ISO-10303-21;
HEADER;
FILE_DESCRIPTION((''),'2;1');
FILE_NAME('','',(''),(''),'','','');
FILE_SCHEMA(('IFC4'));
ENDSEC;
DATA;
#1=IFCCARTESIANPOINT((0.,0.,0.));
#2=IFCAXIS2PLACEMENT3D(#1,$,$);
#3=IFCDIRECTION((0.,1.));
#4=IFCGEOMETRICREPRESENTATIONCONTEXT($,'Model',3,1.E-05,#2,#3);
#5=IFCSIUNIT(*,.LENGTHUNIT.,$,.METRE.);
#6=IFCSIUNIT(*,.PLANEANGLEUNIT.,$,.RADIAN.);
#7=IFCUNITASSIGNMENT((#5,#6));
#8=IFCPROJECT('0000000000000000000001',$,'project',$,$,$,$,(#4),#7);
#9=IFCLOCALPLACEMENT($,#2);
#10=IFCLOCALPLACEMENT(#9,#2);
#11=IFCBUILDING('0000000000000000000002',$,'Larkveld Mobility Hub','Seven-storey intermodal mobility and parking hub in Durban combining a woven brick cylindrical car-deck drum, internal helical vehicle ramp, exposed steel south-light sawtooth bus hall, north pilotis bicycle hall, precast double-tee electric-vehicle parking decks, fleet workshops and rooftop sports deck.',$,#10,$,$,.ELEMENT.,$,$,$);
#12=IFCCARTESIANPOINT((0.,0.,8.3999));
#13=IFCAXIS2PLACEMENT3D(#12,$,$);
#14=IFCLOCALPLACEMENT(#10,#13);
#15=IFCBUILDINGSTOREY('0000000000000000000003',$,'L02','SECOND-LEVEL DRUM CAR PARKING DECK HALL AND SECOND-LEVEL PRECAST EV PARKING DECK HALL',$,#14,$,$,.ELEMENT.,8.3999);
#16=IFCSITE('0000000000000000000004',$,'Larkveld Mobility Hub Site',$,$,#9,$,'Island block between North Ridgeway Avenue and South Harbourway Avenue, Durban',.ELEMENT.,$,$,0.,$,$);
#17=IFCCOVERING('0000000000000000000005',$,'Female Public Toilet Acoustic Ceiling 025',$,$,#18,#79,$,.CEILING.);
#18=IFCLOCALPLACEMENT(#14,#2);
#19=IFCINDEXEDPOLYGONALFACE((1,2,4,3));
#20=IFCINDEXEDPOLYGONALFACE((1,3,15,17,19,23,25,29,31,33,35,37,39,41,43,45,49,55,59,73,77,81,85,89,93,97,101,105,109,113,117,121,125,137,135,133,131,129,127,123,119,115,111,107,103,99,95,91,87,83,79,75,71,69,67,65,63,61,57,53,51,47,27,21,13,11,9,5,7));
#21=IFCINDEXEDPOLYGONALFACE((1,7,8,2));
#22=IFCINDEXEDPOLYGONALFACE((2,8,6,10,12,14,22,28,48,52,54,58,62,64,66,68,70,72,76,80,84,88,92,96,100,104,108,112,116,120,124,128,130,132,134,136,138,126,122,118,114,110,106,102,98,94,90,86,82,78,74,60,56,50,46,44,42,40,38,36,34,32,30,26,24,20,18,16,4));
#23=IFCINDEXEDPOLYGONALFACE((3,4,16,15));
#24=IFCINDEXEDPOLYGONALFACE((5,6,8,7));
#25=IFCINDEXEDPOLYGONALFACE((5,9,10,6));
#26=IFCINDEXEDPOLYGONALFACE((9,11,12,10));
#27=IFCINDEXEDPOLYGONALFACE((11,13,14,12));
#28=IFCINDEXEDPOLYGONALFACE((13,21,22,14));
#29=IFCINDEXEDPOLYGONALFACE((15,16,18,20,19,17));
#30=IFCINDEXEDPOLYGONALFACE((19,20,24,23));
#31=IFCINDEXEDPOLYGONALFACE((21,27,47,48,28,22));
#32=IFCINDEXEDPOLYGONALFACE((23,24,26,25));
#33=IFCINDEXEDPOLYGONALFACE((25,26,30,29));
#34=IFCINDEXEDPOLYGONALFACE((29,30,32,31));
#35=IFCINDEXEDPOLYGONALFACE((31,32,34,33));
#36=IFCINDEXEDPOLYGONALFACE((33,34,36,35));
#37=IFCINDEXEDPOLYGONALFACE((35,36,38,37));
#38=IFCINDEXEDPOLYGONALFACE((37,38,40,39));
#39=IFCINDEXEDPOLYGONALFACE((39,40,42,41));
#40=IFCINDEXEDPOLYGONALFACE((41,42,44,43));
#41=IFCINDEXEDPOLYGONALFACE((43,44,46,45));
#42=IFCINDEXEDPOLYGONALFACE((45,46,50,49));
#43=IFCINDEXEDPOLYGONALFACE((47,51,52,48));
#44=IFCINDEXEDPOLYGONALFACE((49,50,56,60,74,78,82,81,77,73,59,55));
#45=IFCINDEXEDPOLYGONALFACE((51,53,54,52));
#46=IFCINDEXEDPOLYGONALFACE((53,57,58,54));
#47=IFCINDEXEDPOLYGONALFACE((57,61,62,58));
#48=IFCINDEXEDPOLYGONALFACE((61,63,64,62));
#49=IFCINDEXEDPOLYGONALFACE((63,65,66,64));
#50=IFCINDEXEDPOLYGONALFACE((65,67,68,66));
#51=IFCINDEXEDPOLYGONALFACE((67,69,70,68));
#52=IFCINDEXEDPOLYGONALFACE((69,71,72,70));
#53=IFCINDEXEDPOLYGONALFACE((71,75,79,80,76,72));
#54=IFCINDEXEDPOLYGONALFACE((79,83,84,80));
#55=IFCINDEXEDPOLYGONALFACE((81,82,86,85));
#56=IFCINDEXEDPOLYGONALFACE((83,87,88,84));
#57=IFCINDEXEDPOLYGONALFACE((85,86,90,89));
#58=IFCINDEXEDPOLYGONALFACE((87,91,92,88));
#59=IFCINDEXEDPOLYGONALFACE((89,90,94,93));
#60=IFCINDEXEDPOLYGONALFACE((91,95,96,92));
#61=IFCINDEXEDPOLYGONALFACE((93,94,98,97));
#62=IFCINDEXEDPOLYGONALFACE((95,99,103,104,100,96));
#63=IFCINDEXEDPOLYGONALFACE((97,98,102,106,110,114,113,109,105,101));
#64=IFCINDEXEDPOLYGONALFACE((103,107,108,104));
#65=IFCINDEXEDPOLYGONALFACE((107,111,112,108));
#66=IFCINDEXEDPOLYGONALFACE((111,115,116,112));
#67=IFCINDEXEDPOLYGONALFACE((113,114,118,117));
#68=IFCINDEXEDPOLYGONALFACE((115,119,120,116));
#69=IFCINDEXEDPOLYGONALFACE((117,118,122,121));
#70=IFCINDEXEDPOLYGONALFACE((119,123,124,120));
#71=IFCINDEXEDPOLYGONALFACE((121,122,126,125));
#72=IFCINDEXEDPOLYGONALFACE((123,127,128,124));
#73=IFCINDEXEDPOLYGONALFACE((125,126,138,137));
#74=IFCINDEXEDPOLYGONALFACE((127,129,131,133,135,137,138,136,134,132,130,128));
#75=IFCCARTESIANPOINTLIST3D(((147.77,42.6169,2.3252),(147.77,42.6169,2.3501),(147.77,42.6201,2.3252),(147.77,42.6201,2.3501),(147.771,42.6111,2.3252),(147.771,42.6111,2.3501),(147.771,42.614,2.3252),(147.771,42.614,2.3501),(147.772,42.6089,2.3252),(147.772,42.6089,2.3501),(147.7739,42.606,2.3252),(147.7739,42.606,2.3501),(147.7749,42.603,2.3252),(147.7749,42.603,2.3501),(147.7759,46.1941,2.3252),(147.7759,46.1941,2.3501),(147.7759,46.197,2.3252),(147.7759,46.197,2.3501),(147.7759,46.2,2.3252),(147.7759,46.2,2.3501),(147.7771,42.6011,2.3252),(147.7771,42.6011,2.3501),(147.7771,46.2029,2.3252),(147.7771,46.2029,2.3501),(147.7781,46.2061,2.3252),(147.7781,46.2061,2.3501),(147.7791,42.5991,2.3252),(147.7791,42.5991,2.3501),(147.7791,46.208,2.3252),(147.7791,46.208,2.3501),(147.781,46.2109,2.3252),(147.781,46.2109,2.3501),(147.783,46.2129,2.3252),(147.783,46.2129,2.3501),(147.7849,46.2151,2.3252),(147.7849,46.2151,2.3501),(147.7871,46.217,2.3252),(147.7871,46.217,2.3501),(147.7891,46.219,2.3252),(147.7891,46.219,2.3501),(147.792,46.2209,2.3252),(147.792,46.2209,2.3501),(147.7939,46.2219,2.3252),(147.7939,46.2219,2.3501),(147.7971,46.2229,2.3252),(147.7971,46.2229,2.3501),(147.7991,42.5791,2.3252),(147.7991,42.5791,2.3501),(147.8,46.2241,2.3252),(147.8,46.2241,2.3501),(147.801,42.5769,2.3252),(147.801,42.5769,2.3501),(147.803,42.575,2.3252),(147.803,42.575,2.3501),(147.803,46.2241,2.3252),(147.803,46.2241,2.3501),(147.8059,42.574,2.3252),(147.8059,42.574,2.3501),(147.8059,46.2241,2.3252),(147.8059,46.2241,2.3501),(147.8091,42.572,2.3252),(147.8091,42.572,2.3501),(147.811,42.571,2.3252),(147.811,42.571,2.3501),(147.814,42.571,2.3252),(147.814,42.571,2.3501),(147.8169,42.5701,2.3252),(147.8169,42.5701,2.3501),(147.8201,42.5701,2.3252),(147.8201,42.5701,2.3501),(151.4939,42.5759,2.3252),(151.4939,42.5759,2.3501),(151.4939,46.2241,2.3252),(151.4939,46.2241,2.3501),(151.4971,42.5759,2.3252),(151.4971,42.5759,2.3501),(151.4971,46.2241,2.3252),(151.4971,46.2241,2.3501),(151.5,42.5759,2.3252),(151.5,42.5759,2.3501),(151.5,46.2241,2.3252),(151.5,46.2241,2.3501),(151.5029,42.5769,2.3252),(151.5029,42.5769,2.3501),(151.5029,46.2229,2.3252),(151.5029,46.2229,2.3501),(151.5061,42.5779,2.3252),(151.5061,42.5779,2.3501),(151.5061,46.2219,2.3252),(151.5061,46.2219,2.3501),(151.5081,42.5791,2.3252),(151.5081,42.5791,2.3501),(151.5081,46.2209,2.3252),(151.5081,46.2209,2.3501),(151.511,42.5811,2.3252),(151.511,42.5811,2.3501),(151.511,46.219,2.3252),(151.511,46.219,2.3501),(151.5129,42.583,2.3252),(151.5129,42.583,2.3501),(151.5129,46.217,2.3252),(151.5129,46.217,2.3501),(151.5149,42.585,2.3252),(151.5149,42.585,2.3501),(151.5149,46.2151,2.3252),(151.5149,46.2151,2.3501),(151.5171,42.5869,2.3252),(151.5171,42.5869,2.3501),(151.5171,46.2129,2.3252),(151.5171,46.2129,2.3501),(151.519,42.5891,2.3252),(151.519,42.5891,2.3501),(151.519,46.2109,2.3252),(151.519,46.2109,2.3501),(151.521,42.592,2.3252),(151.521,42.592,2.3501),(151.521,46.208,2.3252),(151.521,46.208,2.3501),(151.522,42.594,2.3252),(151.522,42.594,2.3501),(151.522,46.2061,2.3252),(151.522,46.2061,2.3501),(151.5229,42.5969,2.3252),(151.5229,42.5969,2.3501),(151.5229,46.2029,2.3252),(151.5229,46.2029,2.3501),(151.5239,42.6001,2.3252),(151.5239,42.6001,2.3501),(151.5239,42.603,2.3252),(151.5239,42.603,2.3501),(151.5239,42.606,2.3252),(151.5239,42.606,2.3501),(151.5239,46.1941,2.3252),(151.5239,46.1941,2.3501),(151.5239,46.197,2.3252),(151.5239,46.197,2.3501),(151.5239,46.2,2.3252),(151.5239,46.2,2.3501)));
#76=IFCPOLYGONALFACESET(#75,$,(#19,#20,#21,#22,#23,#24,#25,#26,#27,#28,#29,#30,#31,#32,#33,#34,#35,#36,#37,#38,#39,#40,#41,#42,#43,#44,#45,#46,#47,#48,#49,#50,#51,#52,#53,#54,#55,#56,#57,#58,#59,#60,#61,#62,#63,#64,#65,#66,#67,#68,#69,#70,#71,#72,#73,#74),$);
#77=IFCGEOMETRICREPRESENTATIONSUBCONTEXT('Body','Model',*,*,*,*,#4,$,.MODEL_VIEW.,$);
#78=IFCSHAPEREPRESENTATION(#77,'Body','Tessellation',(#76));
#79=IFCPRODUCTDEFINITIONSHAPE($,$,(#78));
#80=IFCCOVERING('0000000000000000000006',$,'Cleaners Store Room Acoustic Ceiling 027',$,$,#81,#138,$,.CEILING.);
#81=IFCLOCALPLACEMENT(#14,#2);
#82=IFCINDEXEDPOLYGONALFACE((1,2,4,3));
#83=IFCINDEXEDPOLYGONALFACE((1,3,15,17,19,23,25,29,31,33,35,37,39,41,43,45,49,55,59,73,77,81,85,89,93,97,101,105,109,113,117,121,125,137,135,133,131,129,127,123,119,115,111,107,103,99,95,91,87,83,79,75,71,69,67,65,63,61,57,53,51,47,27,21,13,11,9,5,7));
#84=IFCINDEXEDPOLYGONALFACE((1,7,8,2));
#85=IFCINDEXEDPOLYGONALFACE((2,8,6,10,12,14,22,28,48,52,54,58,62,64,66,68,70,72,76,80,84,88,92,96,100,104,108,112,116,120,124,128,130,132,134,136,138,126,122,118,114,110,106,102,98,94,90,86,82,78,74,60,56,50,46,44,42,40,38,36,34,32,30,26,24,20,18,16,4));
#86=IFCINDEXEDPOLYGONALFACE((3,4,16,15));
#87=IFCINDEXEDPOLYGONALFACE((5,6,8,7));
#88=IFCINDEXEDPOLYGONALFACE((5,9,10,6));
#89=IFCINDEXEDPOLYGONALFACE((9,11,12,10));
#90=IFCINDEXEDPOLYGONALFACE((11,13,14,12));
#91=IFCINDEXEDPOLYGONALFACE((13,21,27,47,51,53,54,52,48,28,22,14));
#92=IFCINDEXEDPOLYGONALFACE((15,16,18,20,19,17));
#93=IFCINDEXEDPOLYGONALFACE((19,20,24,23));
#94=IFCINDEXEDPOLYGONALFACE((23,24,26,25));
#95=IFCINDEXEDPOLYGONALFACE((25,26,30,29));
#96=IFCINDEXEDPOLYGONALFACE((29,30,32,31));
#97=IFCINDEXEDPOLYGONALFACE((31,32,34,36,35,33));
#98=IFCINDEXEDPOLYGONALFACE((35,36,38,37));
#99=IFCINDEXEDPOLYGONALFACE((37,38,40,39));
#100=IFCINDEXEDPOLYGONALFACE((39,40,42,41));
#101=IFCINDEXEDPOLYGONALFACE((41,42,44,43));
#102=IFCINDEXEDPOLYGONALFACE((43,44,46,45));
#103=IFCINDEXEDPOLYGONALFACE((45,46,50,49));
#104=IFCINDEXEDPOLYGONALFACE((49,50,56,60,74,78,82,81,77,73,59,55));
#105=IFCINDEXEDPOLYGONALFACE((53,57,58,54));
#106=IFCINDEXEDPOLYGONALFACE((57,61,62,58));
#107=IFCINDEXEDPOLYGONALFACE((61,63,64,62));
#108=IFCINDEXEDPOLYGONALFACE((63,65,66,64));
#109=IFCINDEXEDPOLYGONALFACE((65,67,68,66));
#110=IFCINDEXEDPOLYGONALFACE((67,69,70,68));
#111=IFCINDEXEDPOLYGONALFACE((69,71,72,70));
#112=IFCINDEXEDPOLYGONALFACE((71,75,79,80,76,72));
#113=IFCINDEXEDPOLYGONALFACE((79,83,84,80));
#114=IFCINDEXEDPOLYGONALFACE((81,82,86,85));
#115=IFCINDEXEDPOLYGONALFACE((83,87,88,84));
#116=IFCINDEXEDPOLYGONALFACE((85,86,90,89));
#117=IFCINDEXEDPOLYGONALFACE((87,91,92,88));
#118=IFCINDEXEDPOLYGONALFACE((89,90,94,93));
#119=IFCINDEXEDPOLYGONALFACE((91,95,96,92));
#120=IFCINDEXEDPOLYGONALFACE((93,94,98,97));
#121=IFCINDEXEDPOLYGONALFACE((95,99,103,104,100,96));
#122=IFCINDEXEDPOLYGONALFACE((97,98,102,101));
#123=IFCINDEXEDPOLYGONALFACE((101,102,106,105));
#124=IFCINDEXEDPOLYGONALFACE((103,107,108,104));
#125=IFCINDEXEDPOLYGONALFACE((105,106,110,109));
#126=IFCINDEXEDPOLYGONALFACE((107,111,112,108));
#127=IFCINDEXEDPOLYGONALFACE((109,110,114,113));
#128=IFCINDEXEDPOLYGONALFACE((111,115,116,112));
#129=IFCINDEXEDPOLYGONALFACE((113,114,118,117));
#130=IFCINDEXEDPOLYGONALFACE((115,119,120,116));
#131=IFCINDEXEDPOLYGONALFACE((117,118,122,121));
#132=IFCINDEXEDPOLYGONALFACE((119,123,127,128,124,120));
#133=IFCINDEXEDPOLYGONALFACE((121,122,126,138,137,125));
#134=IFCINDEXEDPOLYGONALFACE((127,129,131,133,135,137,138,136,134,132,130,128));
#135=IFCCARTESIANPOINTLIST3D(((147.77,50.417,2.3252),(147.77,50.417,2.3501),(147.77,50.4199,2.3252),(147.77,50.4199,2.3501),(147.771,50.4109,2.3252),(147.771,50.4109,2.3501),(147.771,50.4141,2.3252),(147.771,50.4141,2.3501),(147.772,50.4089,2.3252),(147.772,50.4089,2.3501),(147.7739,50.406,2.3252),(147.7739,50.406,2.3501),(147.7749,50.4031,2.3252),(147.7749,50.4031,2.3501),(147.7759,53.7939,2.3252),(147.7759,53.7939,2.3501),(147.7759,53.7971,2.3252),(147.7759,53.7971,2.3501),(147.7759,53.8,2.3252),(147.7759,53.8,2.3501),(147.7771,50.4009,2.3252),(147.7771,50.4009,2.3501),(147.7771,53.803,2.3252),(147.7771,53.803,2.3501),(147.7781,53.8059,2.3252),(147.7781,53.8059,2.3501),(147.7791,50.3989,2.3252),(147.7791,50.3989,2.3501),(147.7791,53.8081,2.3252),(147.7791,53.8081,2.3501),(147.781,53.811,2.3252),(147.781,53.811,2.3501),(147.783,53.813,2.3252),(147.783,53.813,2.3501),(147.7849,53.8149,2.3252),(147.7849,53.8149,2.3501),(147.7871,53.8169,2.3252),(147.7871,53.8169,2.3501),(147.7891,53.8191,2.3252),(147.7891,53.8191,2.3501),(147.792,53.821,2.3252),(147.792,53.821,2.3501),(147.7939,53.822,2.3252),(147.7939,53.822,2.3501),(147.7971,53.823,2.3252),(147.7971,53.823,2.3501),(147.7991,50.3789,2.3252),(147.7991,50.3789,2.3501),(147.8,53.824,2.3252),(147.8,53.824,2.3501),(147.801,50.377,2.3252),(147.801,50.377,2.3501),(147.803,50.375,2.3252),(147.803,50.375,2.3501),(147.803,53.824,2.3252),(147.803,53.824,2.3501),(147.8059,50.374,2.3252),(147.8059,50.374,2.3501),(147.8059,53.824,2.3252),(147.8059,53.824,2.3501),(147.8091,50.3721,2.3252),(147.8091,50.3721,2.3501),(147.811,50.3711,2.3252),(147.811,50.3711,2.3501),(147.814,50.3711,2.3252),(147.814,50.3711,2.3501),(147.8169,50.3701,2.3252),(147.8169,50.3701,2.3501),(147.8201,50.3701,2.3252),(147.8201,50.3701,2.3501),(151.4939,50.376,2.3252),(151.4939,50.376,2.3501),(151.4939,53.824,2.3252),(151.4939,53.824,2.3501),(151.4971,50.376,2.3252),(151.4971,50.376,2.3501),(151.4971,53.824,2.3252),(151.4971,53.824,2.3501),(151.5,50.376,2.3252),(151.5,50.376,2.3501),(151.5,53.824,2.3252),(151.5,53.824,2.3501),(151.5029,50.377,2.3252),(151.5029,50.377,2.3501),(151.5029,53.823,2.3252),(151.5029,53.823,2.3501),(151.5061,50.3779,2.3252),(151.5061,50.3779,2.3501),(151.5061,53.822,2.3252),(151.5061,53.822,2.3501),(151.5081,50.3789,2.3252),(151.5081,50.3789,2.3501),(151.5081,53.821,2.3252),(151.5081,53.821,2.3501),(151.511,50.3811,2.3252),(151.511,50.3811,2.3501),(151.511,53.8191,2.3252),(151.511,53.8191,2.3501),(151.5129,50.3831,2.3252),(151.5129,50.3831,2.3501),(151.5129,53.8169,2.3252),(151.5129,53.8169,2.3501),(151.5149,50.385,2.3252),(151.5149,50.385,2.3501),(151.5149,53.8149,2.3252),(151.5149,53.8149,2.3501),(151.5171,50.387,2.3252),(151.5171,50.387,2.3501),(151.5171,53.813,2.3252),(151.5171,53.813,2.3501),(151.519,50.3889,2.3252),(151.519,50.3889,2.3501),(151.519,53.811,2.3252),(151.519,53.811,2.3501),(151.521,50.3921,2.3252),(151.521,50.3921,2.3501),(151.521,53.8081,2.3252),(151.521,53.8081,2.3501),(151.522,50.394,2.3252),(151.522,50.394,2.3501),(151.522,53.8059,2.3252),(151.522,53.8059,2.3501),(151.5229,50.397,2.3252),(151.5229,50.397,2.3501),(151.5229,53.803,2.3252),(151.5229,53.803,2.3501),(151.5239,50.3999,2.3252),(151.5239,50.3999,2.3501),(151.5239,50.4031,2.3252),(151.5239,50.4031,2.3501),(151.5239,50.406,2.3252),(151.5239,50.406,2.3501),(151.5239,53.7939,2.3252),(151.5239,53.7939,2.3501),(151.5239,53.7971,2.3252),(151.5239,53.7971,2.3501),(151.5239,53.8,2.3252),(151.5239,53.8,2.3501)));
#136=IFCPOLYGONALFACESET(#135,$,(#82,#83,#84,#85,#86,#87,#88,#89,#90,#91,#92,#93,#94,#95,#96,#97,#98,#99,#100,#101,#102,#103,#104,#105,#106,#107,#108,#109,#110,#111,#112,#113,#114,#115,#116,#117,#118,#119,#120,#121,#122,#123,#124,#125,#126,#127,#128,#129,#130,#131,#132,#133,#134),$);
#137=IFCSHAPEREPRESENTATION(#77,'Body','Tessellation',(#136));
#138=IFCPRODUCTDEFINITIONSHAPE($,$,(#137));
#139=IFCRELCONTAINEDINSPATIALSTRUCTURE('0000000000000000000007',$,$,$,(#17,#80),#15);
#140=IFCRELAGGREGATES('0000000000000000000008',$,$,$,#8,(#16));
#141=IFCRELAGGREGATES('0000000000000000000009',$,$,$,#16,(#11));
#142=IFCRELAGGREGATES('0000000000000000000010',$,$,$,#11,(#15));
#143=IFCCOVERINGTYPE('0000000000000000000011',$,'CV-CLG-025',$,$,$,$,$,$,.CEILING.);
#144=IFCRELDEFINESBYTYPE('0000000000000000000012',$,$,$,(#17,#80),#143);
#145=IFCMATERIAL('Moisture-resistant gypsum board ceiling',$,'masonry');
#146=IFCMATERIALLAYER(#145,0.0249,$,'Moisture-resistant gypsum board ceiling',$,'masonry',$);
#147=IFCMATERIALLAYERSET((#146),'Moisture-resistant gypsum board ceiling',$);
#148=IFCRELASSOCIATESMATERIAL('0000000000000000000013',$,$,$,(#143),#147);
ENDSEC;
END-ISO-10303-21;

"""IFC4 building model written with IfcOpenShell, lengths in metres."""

from ifc_helpers import new_model, si_unit, direction, frame, origin, place, context, subcontext, project, spatial, polyline, outline, extrude, material, layer, layer_set, type_object, element, save


model = new_model("IFC4")

# Units and contexts
model_context = context("Model", 3, precision=1e-05, world=origin(), true_north=direction((0.0, 1.0)))
body_context = subcontext(model_context, "Body", "Model", "MODEL_VIEW")
ifc_project = project(units=[si_unit("LENGTHUNIT", "METRE"), si_unit("PLANEANGLEUNIT", "RADIAN")], contexts=[model_context])

# Site, building, storey
site_placement = place(None, origin())
site = spatial("IfcSite", under=ifc_project, at=site_placement, Name="Larkveld Mobility Hub Site", LongName="Island block between North Ridgeway Avenue and South Harbourway Avenue, Durban", CompositionType="ELEMENT", RefElevation=0.0)
building_placement = place(site_placement, origin())
building = spatial("IfcBuilding", under=site, at=building_placement, Name="Larkveld Mobility Hub", Description="Seven-storey intermodal mobility and parking hub in Durban combining a woven brick cylindrical car-deck drum, internal helical vehicle ramp, exposed steel south-light sawtooth bus hall, north pilotis bicycle hall, precast double-tee electric-vehicle parking decks, fleet workshops and rooftop sports deck.", CompositionType="ELEMENT")
storey_placement = place(building_placement, frame((0.0, 0.0, 8.3999)))
storey = spatial("IfcBuildingStorey", under=building, at=storey_placement, Name="L02", Description="SECOND-LEVEL DRUM CAR PARKING DECK HALL AND SECOND-LEVEL PRECAST EV PARKING DECK HALL", CompositionType="ELEMENT", Elevation=8.3999)

# Coverings
ifc_material_1 = material(Name="Moisture-resistant gypsum board ceiling", Category="masonry")
ifc_layer_1 = layer(ifc_material_1, 0.0249, Name="Moisture-resistant gypsum board ceiling", Category="masonry")
ifc_layer_set_1 = layer_set([ifc_layer_1], Name="Moisture-resistant gypsum board ceiling")
covering_type_1 = type_object("IfcCoveringType", Name="CV-CLG-025", PredefinedType="CEILING", material=ifc_layer_set_1)
covering_1_placement = place(storey_placement, frame((0.0, 0.0, 2.3252)))
element("IfcCovering", 1, at=covering_1_placement, inside=storey, type_object=covering_type_1, Name="Female Public Toilet Acoustic Ceiling 025", PredefinedType="CEILING", context=body_context, shape_type="SweptSolid", body=[
    extrude(outline(polyline([(147.8201, 42.5701), (147.8169, 42.5701), (147.814, 42.571), (147.811, 42.571), (147.8091, 42.572), (147.8059, 42.574), (147.803, 42.575), (147.801, 42.5769), (147.7991, 42.5791), (147.7791, 42.5991), (147.7771, 42.6011), (147.7749, 42.603), (147.7739, 42.606), (147.772, 42.6089), (147.771, 42.6111), (147.771, 42.614), (147.77, 42.6169), (147.77, 42.6201), (147.7759, 46.1941), (147.7759, 46.197), (147.7759, 46.2), (147.7771, 46.2029), (147.7781, 46.2061), (147.7791, 46.208), (147.781, 46.2109), (147.783, 46.2129), (147.7849, 46.2151), (147.7871, 46.217), (147.7891, 46.219), (147.792, 46.2209), (147.7939, 46.2219), (147.7971, 46.2229), (147.8, 46.2241), (147.803, 46.2241), (147.8059, 46.2241), (151.4939, 46.2241), (151.4971, 46.2241), (151.5, 46.2241), (151.5029, 46.2229), (151.5061, 46.2219), (151.5081, 46.2209), (151.511, 46.219), (151.5129, 46.217), (151.5149, 46.2151), (151.5171, 46.2129), (151.519, 46.2109), (151.521, 46.208), (151.522, 46.2061), (151.5229, 46.2029), (151.5239, 46.2), (151.5239, 46.197), (151.5239, 46.1941), (151.5239, 42.606), (151.5239, 42.603), (151.5239, 42.6001), (151.5229, 42.5969), (151.522, 42.594), (151.521, 42.592), (151.519, 42.5891), (151.5171, 42.5869), (151.5149, 42.585), (151.5129, 42.583), (151.511, 42.5811), (151.5081, 42.5791), (151.5061, 42.5779), (151.5029, 42.5769), (151.5, 42.5759), (151.4971, 42.5759), (151.4939, 42.5759), (147.8201, 42.5701)])), origin(), (0.0, 0.0, 1.0), 0.0249),
])
covering_2_placement = place(storey_placement, frame((0.0, 0.0, 2.3252)))
element("IfcCovering", 2, at=covering_2_placement, inside=storey, type_object=covering_type_1, Name="Cleaners Store Room Acoustic Ceiling 027", PredefinedType="CEILING", context=body_context, shape_type="SweptSolid", body=[
    extrude(outline(polyline([(147.8201, 50.3701), (147.8169, 50.3701), (147.814, 50.3711), (147.811, 50.3711), (147.8091, 50.3721), (147.8059, 50.374), (147.803, 50.375), (147.801, 50.377), (147.7991, 50.3789), (147.7791, 50.3989), (147.7771, 50.4009), (147.7749, 50.4031), (147.7739, 50.406), (147.772, 50.4089), (147.771, 50.4109), (147.771, 50.4141), (147.77, 50.417), (147.77, 50.4199), (147.7759, 53.7939), (147.7759, 53.7971), (147.7759, 53.8), (147.7771, 53.803), (147.7781, 53.8059), (147.7791, 53.8081), (147.781, 53.811), (147.783, 53.813), (147.7849, 53.8149), (147.7871, 53.8169), (147.7891, 53.8191), (147.792, 53.821), (147.7939, 53.822), (147.7971, 53.823), (147.8, 53.824), (147.803, 53.824), (147.8059, 53.824), (151.4939, 53.824), (151.4971, 53.824), (151.5, 53.824), (151.5029, 53.823), (151.5061, 53.822), (151.5081, 53.821), (151.511, 53.8191), (151.5129, 53.8169), (151.5149, 53.8149), (151.5171, 53.813), (151.519, 53.811), (151.521, 53.8081), (151.522, 53.8059), (151.5229, 53.803), (151.5239, 53.8), (151.5239, 53.7971), (151.5239, 53.7939), (151.5239, 50.406), (151.5239, 50.4031), (151.5239, 50.3999), (151.5229, 50.397), (151.522, 50.394), (151.521, 50.3921), (151.519, 50.3889), (151.5171, 50.387), (151.5149, 50.385), (151.5129, 50.3831), (151.511, 50.3811), (151.5081, 50.3789), (151.5061, 50.3779), (151.5029, 50.377), (151.5, 50.376), (151.4971, 50.376), (151.4939, 50.376), (147.8201, 50.3701)])), origin(), (0.0, 0.0, 1.0), 0.0249),
])

save(model, "model.ifc")
